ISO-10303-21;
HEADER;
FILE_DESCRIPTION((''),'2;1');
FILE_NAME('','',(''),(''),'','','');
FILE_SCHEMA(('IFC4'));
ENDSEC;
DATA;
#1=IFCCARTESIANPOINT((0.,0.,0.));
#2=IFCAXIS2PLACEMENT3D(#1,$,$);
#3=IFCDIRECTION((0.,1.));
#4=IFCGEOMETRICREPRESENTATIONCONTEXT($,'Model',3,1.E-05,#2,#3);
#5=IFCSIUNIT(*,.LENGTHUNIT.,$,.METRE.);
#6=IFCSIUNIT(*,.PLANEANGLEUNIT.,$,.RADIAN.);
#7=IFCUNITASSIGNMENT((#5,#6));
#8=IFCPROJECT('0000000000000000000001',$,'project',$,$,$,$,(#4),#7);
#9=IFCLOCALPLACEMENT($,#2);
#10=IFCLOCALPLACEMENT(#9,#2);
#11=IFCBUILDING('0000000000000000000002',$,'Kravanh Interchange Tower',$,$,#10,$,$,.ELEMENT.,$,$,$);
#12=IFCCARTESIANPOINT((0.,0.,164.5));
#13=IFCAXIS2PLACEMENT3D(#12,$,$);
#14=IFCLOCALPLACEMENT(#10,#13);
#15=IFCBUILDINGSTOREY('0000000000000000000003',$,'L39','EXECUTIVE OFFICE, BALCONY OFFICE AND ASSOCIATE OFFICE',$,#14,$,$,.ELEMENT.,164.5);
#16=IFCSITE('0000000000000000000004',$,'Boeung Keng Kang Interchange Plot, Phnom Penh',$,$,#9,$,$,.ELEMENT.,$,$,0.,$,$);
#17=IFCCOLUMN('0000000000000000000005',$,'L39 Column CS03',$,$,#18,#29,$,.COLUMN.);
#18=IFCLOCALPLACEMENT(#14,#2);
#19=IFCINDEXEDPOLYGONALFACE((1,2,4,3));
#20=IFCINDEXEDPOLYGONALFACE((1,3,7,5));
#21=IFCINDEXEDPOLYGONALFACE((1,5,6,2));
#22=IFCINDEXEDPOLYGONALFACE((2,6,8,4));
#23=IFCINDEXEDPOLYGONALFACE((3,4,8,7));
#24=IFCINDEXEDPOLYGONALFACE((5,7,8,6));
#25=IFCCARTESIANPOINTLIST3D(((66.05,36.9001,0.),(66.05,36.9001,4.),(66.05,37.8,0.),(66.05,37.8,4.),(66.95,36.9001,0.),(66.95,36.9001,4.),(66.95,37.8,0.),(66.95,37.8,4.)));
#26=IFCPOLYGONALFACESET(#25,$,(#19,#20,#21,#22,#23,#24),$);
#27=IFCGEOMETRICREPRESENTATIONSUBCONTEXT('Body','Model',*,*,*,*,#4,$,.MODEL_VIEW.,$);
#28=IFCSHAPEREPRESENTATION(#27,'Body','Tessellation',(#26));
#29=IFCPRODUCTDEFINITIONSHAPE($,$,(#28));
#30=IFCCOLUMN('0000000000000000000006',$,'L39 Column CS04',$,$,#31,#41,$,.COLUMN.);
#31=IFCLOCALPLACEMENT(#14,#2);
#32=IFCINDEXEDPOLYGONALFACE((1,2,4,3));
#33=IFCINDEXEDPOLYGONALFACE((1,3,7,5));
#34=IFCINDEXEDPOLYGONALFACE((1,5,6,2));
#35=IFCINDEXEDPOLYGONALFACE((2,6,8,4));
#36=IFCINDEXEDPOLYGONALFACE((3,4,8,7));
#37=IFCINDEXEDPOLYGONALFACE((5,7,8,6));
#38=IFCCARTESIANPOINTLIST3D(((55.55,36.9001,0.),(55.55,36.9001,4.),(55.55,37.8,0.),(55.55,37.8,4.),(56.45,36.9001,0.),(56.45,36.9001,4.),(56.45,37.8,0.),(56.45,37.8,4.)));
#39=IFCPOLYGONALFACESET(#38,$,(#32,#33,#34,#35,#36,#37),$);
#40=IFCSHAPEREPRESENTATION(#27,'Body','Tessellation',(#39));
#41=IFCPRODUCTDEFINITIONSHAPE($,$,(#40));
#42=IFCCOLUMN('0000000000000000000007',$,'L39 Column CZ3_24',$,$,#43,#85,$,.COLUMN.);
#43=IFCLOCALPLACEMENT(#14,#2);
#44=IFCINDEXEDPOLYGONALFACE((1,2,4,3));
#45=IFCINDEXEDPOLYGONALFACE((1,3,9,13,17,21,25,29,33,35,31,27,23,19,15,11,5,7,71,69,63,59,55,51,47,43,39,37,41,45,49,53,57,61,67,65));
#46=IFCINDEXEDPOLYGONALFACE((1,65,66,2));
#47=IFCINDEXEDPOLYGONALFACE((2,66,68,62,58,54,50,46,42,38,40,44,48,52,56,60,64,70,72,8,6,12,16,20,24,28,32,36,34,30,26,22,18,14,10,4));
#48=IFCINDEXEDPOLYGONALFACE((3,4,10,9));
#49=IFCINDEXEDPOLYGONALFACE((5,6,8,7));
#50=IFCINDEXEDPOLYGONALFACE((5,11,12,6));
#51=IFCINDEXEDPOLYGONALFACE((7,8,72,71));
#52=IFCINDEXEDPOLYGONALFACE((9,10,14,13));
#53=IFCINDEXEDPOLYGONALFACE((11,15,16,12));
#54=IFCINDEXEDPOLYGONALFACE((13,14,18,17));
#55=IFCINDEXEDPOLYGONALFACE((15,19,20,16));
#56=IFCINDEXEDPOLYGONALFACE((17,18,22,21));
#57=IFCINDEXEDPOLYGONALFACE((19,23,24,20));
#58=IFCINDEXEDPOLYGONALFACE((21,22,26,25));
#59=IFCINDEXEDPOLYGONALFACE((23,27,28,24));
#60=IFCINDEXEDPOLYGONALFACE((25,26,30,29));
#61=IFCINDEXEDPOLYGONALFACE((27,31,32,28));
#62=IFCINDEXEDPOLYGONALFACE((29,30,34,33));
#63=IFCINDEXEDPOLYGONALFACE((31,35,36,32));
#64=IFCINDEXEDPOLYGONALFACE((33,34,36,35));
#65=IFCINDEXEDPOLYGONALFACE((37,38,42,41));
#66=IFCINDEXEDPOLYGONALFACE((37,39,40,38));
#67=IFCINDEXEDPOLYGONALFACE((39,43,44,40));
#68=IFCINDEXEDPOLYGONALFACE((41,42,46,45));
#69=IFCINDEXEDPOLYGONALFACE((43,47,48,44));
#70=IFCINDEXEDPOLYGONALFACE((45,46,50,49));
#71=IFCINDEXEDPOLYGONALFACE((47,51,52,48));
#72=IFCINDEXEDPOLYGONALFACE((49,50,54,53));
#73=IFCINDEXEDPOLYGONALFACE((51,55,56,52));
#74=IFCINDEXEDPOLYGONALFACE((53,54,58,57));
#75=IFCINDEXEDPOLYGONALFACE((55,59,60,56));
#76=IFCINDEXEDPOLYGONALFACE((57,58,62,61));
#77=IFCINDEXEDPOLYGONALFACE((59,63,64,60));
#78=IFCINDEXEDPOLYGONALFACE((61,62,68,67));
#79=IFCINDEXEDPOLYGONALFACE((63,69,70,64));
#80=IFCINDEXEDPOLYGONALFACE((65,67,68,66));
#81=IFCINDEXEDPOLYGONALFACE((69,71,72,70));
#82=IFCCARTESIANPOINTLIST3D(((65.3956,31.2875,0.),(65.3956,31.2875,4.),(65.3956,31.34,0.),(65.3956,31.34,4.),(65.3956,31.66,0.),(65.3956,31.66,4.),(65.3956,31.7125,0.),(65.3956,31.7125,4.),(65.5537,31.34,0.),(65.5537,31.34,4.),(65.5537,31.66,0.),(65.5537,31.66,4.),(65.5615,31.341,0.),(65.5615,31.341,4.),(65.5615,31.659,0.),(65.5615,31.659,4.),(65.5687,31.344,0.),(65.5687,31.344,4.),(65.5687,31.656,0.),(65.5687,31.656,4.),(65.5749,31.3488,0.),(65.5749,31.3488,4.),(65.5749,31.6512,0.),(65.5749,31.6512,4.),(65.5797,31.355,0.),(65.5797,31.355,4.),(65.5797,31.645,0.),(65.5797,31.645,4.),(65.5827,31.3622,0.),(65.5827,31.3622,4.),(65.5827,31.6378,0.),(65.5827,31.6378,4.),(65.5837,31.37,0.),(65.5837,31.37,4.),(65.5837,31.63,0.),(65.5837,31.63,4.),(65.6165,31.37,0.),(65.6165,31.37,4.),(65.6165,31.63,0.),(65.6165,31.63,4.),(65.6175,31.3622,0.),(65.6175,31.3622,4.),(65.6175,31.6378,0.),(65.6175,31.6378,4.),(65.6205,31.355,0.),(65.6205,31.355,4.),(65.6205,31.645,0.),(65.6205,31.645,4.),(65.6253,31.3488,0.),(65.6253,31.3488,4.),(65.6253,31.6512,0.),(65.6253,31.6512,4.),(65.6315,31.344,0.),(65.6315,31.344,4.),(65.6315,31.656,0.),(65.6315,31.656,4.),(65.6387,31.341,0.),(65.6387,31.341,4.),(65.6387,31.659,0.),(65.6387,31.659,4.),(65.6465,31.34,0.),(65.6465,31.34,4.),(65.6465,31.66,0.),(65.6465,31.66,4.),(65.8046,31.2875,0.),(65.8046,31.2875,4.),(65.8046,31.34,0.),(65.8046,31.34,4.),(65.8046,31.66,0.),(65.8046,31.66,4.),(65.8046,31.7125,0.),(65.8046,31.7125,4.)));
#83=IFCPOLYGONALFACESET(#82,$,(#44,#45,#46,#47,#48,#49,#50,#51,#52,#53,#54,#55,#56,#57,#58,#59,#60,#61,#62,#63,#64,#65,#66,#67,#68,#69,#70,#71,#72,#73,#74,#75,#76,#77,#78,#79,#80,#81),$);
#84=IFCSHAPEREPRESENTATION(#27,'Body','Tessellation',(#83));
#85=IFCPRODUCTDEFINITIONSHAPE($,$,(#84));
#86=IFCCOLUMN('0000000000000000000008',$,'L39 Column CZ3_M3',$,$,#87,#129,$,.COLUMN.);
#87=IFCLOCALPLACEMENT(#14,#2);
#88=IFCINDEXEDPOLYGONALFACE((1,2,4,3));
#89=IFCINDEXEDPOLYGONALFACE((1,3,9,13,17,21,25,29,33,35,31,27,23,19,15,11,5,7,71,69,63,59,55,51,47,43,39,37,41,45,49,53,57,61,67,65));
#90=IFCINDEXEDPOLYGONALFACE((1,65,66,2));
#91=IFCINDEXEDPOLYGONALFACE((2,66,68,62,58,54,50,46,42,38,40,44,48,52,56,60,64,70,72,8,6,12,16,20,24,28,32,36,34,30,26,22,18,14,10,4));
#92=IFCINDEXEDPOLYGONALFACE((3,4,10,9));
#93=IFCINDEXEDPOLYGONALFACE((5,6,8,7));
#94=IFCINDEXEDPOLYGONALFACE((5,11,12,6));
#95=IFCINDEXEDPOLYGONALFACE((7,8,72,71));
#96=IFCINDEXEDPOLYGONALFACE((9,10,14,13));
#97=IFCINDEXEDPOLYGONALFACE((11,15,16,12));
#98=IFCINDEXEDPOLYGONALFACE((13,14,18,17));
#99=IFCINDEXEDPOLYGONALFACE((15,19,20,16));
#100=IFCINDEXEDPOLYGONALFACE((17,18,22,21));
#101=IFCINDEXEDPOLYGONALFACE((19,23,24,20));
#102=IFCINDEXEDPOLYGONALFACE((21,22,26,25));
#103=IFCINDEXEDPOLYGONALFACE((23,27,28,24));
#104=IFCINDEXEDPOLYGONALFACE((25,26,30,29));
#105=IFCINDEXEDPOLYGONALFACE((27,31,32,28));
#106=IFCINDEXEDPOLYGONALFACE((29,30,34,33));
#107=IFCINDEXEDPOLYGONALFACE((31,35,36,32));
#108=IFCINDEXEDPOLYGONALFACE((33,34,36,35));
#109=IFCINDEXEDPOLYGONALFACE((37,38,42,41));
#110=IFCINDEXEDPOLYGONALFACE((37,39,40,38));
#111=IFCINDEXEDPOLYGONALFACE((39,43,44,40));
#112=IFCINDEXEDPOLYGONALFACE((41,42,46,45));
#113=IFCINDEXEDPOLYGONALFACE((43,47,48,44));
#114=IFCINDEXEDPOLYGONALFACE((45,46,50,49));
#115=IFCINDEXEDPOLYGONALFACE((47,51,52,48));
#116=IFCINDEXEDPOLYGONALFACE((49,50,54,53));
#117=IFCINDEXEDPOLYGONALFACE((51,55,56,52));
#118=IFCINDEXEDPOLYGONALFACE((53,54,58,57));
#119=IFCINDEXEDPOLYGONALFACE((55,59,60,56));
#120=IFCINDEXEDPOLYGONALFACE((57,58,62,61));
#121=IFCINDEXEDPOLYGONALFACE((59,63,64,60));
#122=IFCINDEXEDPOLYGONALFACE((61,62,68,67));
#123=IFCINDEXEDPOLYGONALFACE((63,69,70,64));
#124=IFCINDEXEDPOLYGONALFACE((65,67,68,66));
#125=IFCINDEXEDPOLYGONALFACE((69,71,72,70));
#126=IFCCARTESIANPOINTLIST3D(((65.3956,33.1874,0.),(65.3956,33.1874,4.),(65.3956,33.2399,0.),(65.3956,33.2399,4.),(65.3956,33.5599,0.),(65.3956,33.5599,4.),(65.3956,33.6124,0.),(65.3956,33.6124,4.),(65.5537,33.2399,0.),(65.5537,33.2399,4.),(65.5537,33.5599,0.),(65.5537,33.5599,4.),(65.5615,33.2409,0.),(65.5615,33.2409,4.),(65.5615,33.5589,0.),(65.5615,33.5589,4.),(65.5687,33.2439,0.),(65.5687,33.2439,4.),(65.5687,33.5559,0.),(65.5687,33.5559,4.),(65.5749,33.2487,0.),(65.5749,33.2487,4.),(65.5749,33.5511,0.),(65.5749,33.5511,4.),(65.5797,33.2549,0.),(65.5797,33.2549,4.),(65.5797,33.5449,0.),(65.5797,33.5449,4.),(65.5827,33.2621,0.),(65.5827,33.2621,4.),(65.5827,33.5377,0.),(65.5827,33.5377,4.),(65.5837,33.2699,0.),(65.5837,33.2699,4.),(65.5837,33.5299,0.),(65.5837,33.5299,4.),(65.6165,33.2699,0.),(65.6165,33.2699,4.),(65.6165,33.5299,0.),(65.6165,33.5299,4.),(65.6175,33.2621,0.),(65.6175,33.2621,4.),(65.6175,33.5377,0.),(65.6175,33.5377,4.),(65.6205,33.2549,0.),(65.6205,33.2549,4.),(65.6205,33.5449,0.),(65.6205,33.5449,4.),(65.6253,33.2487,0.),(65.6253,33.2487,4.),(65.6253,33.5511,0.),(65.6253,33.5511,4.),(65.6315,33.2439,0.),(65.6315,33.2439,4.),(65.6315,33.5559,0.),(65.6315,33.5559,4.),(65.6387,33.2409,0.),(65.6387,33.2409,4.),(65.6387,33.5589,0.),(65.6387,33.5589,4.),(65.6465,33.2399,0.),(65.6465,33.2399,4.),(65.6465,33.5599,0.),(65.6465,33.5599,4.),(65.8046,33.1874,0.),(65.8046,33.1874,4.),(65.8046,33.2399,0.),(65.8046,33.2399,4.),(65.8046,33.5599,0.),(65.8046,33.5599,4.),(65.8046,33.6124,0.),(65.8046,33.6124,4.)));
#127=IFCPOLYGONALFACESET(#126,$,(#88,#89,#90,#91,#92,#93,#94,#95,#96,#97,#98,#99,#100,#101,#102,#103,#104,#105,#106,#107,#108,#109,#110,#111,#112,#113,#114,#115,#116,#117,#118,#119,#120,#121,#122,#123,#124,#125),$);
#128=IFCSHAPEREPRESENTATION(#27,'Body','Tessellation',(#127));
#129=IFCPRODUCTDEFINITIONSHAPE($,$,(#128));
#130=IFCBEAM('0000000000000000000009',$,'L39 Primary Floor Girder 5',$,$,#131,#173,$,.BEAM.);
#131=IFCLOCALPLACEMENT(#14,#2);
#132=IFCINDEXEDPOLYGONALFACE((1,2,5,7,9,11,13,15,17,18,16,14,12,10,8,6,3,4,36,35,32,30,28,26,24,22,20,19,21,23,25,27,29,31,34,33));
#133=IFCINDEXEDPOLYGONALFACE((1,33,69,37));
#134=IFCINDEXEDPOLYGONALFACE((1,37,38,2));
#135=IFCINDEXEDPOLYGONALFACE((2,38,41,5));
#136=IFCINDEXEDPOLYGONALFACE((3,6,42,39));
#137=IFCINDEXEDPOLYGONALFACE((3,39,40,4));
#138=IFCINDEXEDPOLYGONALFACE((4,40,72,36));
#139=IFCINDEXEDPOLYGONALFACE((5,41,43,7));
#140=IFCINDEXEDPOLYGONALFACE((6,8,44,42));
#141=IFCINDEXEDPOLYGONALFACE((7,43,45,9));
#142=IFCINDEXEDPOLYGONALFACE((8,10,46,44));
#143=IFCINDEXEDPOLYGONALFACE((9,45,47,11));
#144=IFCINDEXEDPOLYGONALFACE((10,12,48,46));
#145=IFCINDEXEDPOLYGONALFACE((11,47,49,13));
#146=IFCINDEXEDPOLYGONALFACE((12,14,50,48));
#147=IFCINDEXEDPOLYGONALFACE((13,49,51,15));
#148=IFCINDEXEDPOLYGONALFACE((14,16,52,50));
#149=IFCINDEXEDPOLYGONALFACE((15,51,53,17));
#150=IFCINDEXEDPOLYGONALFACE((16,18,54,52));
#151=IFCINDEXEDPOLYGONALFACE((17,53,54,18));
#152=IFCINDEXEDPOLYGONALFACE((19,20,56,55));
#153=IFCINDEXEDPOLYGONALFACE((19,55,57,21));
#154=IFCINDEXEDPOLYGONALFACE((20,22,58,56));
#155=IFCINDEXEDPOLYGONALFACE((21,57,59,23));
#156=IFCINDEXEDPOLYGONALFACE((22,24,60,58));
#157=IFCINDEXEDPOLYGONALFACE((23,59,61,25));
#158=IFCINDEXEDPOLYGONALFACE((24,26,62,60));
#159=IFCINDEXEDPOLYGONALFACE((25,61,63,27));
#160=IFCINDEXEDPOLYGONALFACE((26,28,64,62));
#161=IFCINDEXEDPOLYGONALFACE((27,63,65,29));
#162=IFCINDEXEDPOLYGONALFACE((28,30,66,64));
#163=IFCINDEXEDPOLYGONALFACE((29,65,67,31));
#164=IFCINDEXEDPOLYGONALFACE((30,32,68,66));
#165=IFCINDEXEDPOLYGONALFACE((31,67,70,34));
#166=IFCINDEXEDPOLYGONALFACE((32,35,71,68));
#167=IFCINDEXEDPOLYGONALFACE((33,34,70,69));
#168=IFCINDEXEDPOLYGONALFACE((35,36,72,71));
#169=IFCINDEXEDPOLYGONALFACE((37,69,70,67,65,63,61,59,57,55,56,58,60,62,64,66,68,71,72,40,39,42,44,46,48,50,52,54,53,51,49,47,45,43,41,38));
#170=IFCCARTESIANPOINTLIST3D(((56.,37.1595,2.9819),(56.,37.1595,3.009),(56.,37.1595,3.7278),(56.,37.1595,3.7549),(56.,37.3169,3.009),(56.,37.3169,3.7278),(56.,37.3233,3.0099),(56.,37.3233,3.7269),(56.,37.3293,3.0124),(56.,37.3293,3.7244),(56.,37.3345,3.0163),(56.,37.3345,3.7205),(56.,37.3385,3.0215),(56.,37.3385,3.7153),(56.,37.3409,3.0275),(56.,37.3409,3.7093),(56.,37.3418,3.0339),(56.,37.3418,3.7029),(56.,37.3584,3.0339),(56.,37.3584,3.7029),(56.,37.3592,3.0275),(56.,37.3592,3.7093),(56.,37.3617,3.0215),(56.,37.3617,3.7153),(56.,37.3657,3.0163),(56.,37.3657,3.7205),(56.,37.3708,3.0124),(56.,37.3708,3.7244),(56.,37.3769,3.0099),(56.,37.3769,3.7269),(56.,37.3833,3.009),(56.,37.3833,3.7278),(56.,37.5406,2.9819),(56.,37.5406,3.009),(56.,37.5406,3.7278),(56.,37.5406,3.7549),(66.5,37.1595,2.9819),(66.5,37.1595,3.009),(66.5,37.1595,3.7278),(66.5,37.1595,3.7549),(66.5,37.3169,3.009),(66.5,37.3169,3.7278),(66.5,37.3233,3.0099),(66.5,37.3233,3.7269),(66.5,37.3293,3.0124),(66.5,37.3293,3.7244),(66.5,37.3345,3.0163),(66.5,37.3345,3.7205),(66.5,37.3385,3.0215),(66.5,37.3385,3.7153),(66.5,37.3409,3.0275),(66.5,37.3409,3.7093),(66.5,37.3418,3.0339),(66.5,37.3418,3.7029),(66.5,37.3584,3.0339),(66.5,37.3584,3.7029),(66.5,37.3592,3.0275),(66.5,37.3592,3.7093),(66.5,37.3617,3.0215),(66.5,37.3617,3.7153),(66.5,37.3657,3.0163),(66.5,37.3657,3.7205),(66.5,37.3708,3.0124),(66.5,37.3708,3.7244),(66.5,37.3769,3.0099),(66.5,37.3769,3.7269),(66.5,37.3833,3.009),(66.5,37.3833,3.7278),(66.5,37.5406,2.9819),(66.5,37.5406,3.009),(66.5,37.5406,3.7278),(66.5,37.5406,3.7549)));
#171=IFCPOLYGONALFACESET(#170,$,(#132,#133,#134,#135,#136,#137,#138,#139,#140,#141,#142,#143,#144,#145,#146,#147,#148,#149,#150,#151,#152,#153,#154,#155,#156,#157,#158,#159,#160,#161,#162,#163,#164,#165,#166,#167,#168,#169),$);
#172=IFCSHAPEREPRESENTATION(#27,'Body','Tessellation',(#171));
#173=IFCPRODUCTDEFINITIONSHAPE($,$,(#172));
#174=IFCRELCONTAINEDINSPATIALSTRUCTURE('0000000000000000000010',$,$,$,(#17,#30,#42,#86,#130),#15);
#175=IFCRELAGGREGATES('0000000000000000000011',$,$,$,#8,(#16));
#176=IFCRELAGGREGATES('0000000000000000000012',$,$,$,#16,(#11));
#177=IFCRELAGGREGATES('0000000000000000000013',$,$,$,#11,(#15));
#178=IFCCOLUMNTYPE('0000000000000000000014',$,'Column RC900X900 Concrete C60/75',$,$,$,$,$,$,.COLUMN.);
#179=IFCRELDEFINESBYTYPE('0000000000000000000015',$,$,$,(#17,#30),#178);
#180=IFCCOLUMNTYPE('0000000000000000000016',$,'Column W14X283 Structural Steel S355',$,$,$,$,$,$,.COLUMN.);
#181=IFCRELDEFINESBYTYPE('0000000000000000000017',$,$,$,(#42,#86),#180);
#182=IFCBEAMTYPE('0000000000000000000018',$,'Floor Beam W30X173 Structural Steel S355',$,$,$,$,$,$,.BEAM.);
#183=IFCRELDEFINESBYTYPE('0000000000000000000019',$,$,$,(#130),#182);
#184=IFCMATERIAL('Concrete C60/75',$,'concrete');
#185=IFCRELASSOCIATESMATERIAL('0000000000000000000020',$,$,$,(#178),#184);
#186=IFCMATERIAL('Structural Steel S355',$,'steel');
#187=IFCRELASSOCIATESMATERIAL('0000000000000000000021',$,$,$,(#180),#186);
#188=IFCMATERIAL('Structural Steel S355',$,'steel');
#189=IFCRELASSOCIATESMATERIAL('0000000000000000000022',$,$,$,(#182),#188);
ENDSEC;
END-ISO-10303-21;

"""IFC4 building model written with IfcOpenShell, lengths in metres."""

from ifc_helpers import new_model, si_unit, direction, frame, origin, origin_2d, place, context, subcontext, project, spatial, rectangle, i_section, extrude, material, material_profile, profile_set, type_object, element, save


model = new_model("IFC4")

# Units and contexts
model_context = context("Model", 3, precision=1e-05, world=origin(), true_north=direction((0.0, 1.0)))
body_context = subcontext(model_context, "Body", "Model", "MODEL_VIEW")
ifc_project = project(units=[si_unit("LENGTHUNIT", "METRE"), si_unit("PLANEANGLEUNIT", "RADIAN")], contexts=[model_context])

# Site, building, storey
site_placement = place(None, origin())
site = spatial("IfcSite", under=ifc_project, at=site_placement, Name="Boeung Keng Kang Interchange Plot, Phnom Penh", CompositionType="ELEMENT", RefElevation=0.0)
building_placement = place(site_placement, origin())
building = spatial("IfcBuilding", under=site, at=building_placement, Name="Kravanh Interchange Tower", CompositionType="ELEMENT")
storey_placement = place(building_placement, frame((0.0, 0.0, 164.5)))
storey = spatial("IfcBuildingStorey", under=building, at=storey_placement, Name="L39", Description="EXECUTIVE OFFICE, BALCONY OFFICE AND ASSOCIATE OFFICE", CompositionType="ELEMENT", Elevation=164.5)

# Columns
ifc_material_1 = material(Name="Concrete C60/75", Category="concrete")
ifc_material_profile_1 = material_profile(ifc_material_1, rectangle(XDim=0.8999, YDim=0.8999, at=origin_2d()), Name="RC900X900")
ifc_profile_set_1 = profile_set([ifc_material_profile_1], Name="Concrete C60/75")
column_type_1 = type_object("IfcColumnType", Name="Column RC900X900 Concrete C60/75", PredefinedType="COLUMN", material=ifc_profile_set_1)
for number, where, z_axis, x_axis, name in (
    (1, (66.5, 37.3501, 0.0), (0.0, 0.0, 1.0), (1.0, 0.0, 0.0), "L39 Column CS03"),
    (2, (56.0, 37.3501, 0.0), (0.0, 0.0, 1.0), (1.0, 0.0, 0.0), "L39 Column CS04"),
):
    element("IfcColumn", number, at=place(storey_placement, frame(where, z_axis=z_axis, x_axis=x_axis)), inside=storey, type_object=column_type_1, Name=name, PredefinedType="COLUMN", context=body_context, shape_type="SweptSolid", body=[
        extrude(rectangle(XDim=0.8999, YDim=0.8999, at=origin_2d()), origin(), (0.0, 0.0, 1.0), 4.0),
    ])
ifc_material_2 = material(Name="Structural Steel S355", Category="steel")
ifc_material_profile_2 = material_profile(ifc_material_2, i_section(OverallWidth=0.4089, OverallDepth=0.425, WebThickness=0.0327, FlangeThickness=0.0525, FilletRadius=0.03, at=origin_2d()), Name="W14X283")
ifc_profile_set_2 = profile_set([ifc_material_profile_2], Name="Structural Steel S355")
column_type_2 = type_object("IfcColumnType", Name="Column W14X283 Structural Steel S355", PredefinedType="COLUMN", material=ifc_profile_set_2)
for number, where, z_axis, x_axis, name in (
    (3, (65.6001, 31.5, 0.0), (0.0, 0.0, 1.0), (1.0, 0.0, 0.0), "L39 Column CZ3_24"),
    (4, (65.6001, 33.3999, 0.0), (0.0, 0.0, 1.0), (1.0, 0.0, 0.0), "L39 Column CZ3_M3"),
):
    element("IfcColumn", number, at=place(storey_placement, frame(where, z_axis=z_axis, x_axis=x_axis)), inside=storey, type_object=column_type_2, Name=name, PredefinedType="COLUMN", context=body_context, shape_type="SweptSolid", body=[
        extrude(i_section(OverallWidth=0.4089, OverallDepth=0.425, WebThickness=0.0327, FlangeThickness=0.0525, FilletRadius=0.03, at=origin_2d()), origin(), (0.0, 0.0, 1.0), 4.0),
    ])

# Beam
ifc_material_3 = material(Name="Structural Steel S355", Category="steel")
ifc_material_profile_3 = material_profile(ifc_material_3, i_section(OverallWidth=0.3811, OverallDepth=0.7729, WebThickness=0.0166, FlangeThickness=0.0271, FilletRadius=0.0249, at=origin_2d()), Name="W30X173")
ifc_profile_set_3 = profile_set([ifc_material_profile_3], Name="Structural Steel S355")
beam_type_1 = type_object("IfcBeamType", Name="Floor Beam W30X173 Structural Steel S355", PredefinedType="BEAM", material=ifc_profile_set_3)
beam_1_placement = place(storey_placement, frame((66.5, 37.3501, 3.3684), z_axis=(-1.0, 0.0, 0.0), x_axis=(0.0, -1.0, 0.0)))
element("IfcBeam", 5, at=beam_1_placement, inside=storey, type_object=beam_type_1, Name="L39 Primary Floor Girder 5", PredefinedType="BEAM", context=body_context, shape_type="SweptSolid", body=[
    extrude(i_section(OverallWidth=0.3811, OverallDepth=0.7729, WebThickness=0.0166, FlangeThickness=0.0271, FilletRadius=0.0249, at=origin_2d()), origin(), (0.0, 0.0, 1.0), 10.5),
])

save(model, "model.ifc")
